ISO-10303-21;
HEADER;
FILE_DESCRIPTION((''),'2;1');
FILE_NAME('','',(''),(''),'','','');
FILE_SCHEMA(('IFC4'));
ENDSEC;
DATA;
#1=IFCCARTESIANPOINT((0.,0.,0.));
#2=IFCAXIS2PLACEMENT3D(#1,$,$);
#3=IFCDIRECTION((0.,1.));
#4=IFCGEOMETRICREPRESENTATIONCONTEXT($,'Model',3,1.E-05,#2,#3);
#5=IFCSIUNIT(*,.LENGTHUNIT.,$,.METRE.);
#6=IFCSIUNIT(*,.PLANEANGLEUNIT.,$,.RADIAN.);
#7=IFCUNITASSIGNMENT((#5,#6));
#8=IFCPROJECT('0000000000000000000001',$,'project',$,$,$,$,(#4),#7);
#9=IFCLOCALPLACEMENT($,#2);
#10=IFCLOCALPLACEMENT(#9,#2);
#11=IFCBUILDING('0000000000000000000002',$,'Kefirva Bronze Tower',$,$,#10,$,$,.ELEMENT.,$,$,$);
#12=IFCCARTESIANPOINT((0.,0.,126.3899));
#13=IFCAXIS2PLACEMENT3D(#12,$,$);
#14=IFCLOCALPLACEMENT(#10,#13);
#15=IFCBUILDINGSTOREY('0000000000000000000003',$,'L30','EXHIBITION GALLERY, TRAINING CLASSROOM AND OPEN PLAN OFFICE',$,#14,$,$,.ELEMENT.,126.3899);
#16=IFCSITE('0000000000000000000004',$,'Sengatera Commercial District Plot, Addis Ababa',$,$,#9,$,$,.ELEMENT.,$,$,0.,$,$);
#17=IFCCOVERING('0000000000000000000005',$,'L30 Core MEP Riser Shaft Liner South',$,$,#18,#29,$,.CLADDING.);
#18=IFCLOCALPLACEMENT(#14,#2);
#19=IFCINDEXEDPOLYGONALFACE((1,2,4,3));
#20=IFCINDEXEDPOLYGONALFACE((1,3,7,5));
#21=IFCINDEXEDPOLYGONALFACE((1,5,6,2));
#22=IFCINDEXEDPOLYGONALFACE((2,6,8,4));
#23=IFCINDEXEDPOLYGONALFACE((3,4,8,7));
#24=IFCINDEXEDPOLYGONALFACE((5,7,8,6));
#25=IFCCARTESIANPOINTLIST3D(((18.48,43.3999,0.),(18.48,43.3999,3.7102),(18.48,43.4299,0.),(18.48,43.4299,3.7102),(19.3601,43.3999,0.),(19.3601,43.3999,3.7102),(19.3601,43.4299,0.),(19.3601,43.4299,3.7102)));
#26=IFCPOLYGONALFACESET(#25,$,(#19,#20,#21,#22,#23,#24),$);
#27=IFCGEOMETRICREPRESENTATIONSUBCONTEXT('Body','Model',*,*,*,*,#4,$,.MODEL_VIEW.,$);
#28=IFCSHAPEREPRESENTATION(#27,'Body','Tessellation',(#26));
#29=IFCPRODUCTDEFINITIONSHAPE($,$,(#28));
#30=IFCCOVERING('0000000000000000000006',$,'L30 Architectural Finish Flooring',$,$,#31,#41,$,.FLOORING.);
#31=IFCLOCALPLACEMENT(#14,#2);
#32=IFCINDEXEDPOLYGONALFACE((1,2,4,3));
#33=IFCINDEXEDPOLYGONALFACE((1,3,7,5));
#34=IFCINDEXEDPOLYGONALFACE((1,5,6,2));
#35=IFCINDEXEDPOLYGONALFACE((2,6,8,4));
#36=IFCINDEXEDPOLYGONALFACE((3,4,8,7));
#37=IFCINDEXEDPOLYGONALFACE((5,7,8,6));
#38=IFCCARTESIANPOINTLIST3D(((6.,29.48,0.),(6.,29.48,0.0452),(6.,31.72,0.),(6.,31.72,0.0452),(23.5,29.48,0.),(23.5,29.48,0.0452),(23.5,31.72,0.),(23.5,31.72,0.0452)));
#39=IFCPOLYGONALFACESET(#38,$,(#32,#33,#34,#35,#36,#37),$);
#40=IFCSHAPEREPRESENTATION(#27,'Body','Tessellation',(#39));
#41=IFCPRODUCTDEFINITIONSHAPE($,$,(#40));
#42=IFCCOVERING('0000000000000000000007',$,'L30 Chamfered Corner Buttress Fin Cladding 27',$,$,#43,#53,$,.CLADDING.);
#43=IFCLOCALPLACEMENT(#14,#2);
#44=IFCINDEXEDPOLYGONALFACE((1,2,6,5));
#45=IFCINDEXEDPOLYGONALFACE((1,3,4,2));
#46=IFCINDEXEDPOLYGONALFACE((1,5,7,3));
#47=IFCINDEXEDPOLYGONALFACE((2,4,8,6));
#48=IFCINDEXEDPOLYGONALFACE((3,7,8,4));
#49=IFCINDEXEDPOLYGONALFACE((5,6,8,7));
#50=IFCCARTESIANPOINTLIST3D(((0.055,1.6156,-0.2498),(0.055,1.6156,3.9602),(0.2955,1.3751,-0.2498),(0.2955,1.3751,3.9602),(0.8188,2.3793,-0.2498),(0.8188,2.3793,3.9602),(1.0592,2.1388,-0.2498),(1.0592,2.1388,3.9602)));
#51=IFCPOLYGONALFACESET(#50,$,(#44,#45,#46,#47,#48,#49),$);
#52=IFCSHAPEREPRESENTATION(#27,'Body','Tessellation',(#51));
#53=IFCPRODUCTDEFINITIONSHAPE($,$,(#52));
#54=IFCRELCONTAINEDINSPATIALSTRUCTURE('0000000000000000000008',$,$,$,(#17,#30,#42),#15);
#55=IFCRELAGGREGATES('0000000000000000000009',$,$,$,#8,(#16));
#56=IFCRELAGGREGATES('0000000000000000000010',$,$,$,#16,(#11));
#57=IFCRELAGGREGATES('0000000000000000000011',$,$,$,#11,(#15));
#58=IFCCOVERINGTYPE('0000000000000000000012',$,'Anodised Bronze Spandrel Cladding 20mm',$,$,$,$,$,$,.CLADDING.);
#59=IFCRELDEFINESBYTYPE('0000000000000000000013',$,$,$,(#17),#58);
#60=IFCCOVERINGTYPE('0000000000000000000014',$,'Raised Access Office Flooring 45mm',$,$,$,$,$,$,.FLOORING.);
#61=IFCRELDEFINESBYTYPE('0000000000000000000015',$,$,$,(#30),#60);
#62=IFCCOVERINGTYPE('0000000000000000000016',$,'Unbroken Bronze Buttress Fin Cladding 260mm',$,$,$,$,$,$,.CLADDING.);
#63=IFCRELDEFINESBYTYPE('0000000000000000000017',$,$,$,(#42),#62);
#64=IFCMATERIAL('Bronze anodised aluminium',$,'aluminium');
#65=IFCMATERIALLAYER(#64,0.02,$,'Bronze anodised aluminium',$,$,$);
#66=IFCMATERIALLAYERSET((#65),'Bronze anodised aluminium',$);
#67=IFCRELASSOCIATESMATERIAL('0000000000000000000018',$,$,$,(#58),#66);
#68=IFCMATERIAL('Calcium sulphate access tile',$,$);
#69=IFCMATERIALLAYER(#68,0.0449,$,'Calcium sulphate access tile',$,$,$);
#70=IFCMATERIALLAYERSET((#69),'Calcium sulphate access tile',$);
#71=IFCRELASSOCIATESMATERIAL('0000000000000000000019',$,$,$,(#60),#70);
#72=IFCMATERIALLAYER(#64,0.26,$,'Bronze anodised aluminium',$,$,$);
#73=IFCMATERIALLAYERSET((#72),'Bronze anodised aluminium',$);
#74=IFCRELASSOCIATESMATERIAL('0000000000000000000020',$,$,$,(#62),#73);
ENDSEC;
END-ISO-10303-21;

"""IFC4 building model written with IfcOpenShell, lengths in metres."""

from ifc_helpers import new_model, si_unit, direction, frame, origin, origin_2d, place, context, subcontext, project, spatial, polyline, rectangle, outline, extrude, material, layer, layer_set, type_object, element, save


model = new_model("IFC4")

# Units and contexts
model_context = context("Model", 3, precision=1e-05, world=origin(), true_north=direction((0.0, 1.0)))
body_context = subcontext(model_context, "Body", "Model", "MODEL_VIEW")
ifc_project = project(units=[si_unit("LENGTHUNIT", "METRE"), si_unit("PLANEANGLEUNIT", "RADIAN")], contexts=[model_context])

# Site, building, storey
site_placement = place(None, origin())
site = spatial("IfcSite", under=ifc_project, at=site_placement, Name="Sengatera Commercial District Plot, Addis Ababa", CompositionType="ELEMENT", RefElevation=0.0)
building_placement = place(site_placement, origin())
building = spatial("IfcBuilding", under=site, at=building_placement, Name="Kefirva Bronze Tower", CompositionType="ELEMENT")
storey_placement = place(building_placement, frame((0.0, 0.0, 126.3899)))
storey = spatial("IfcBuildingStorey", under=building, at=storey_placement, Name="L30", Description="EXHIBITION GALLERY, TRAINING CLASSROOM AND OPEN PLAN OFFICE", CompositionType="ELEMENT", Elevation=126.3899)

# Shared definitions
ifc_material_1 = material(Name="Bronze anodised aluminium", Category="aluminium")

# Coverings
ifc_layer_1 = layer(ifc_material_1, 0.02, Name="Bronze anodised aluminium")
ifc_layer_set_1 = layer_set([ifc_layer_1], Name="Bronze anodised aluminium")
covering_type_1 = type_object("IfcCoveringType", Name="Anodised Bronze Spandrel Cladding 20mm", PredefinedType="CLADDING", material=ifc_layer_set_1)
covering_1_placement = place(storey_placement, origin())
element("IfcCovering", 1, at=covering_1_placement, inside=storey, type_object=covering_type_1, Name="L30 Core MEP Riser Shaft Liner South", PredefinedType="CLADDING", context=body_context, shape_type="SweptSolid", body=[
    extrude(outline(polyline([(18.48, 43.3999), (19.3601, 43.3999), (19.3601, 43.4299), (18.48, 43.4299), (18.48, 43.3999)])), origin(), (0.0, 0.0, 1.0), 3.7102),
])
ifc_material_2 = material(Name="Calcium sulphate access tile")
ifc_layer_2 = layer(ifc_material_2, 0.0449, Name="Calcium sulphate access tile")
ifc_layer_set_2 = layer_set([ifc_layer_2], Name="Calcium sulphate access tile")
covering_type_2 = type_object("IfcCoveringType", Name="Raised Access Office Flooring 45mm", PredefinedType="FLOORING", material=ifc_layer_set_2)
covering_2_placement = place(storey_placement, origin())
element("IfcCovering", 2, at=covering_2_placement, inside=storey, type_object=covering_type_2, Name="L30 Architectural Finish Flooring", PredefinedType="FLOORING", context=body_context, shape_type="SweptSolid", body=[
    extrude(outline(polyline([(6.0, 29.48), (23.5, 29.48), (23.5, 31.72), (6.0, 31.72), (6.0, 29.48)])), origin(), (0.0, 0.0, 1.0), 0.0452),
])
ifc_layer_3 = layer(ifc_material_1, 0.26, Name="Bronze anodised aluminium")
ifc_layer_set_3 = layer_set([ifc_layer_3], Name="Bronze anodised aluminium")
covering_type_3 = type_object("IfcCoveringType", Name="Unbroken Bronze Buttress Fin Cladding 260mm", PredefinedType="CLADDING", material=ifc_layer_set_3)
covering_3_placement = place(storey_placement, frame((0.5571, 1.8772, -0.2498), z_axis=(0.0, 0.0, 1.0), x_axis=(0.707107, -0.707107, 0.0)))
element("IfcCovering", 3, at=covering_3_placement, inside=storey, type_object=covering_type_3, Name="L30 Chamfered Corner Buttress Fin Cladding 27", PredefinedType="CLADDING", context=body_context, shape_type="SweptSolid", body=[
    extrude(rectangle(XDim=0.3401, YDim=1.0801, at=origin_2d()), origin(), (0.0, 0.0, 1.0), 4.21),
])

save(model, "model.ifc")
